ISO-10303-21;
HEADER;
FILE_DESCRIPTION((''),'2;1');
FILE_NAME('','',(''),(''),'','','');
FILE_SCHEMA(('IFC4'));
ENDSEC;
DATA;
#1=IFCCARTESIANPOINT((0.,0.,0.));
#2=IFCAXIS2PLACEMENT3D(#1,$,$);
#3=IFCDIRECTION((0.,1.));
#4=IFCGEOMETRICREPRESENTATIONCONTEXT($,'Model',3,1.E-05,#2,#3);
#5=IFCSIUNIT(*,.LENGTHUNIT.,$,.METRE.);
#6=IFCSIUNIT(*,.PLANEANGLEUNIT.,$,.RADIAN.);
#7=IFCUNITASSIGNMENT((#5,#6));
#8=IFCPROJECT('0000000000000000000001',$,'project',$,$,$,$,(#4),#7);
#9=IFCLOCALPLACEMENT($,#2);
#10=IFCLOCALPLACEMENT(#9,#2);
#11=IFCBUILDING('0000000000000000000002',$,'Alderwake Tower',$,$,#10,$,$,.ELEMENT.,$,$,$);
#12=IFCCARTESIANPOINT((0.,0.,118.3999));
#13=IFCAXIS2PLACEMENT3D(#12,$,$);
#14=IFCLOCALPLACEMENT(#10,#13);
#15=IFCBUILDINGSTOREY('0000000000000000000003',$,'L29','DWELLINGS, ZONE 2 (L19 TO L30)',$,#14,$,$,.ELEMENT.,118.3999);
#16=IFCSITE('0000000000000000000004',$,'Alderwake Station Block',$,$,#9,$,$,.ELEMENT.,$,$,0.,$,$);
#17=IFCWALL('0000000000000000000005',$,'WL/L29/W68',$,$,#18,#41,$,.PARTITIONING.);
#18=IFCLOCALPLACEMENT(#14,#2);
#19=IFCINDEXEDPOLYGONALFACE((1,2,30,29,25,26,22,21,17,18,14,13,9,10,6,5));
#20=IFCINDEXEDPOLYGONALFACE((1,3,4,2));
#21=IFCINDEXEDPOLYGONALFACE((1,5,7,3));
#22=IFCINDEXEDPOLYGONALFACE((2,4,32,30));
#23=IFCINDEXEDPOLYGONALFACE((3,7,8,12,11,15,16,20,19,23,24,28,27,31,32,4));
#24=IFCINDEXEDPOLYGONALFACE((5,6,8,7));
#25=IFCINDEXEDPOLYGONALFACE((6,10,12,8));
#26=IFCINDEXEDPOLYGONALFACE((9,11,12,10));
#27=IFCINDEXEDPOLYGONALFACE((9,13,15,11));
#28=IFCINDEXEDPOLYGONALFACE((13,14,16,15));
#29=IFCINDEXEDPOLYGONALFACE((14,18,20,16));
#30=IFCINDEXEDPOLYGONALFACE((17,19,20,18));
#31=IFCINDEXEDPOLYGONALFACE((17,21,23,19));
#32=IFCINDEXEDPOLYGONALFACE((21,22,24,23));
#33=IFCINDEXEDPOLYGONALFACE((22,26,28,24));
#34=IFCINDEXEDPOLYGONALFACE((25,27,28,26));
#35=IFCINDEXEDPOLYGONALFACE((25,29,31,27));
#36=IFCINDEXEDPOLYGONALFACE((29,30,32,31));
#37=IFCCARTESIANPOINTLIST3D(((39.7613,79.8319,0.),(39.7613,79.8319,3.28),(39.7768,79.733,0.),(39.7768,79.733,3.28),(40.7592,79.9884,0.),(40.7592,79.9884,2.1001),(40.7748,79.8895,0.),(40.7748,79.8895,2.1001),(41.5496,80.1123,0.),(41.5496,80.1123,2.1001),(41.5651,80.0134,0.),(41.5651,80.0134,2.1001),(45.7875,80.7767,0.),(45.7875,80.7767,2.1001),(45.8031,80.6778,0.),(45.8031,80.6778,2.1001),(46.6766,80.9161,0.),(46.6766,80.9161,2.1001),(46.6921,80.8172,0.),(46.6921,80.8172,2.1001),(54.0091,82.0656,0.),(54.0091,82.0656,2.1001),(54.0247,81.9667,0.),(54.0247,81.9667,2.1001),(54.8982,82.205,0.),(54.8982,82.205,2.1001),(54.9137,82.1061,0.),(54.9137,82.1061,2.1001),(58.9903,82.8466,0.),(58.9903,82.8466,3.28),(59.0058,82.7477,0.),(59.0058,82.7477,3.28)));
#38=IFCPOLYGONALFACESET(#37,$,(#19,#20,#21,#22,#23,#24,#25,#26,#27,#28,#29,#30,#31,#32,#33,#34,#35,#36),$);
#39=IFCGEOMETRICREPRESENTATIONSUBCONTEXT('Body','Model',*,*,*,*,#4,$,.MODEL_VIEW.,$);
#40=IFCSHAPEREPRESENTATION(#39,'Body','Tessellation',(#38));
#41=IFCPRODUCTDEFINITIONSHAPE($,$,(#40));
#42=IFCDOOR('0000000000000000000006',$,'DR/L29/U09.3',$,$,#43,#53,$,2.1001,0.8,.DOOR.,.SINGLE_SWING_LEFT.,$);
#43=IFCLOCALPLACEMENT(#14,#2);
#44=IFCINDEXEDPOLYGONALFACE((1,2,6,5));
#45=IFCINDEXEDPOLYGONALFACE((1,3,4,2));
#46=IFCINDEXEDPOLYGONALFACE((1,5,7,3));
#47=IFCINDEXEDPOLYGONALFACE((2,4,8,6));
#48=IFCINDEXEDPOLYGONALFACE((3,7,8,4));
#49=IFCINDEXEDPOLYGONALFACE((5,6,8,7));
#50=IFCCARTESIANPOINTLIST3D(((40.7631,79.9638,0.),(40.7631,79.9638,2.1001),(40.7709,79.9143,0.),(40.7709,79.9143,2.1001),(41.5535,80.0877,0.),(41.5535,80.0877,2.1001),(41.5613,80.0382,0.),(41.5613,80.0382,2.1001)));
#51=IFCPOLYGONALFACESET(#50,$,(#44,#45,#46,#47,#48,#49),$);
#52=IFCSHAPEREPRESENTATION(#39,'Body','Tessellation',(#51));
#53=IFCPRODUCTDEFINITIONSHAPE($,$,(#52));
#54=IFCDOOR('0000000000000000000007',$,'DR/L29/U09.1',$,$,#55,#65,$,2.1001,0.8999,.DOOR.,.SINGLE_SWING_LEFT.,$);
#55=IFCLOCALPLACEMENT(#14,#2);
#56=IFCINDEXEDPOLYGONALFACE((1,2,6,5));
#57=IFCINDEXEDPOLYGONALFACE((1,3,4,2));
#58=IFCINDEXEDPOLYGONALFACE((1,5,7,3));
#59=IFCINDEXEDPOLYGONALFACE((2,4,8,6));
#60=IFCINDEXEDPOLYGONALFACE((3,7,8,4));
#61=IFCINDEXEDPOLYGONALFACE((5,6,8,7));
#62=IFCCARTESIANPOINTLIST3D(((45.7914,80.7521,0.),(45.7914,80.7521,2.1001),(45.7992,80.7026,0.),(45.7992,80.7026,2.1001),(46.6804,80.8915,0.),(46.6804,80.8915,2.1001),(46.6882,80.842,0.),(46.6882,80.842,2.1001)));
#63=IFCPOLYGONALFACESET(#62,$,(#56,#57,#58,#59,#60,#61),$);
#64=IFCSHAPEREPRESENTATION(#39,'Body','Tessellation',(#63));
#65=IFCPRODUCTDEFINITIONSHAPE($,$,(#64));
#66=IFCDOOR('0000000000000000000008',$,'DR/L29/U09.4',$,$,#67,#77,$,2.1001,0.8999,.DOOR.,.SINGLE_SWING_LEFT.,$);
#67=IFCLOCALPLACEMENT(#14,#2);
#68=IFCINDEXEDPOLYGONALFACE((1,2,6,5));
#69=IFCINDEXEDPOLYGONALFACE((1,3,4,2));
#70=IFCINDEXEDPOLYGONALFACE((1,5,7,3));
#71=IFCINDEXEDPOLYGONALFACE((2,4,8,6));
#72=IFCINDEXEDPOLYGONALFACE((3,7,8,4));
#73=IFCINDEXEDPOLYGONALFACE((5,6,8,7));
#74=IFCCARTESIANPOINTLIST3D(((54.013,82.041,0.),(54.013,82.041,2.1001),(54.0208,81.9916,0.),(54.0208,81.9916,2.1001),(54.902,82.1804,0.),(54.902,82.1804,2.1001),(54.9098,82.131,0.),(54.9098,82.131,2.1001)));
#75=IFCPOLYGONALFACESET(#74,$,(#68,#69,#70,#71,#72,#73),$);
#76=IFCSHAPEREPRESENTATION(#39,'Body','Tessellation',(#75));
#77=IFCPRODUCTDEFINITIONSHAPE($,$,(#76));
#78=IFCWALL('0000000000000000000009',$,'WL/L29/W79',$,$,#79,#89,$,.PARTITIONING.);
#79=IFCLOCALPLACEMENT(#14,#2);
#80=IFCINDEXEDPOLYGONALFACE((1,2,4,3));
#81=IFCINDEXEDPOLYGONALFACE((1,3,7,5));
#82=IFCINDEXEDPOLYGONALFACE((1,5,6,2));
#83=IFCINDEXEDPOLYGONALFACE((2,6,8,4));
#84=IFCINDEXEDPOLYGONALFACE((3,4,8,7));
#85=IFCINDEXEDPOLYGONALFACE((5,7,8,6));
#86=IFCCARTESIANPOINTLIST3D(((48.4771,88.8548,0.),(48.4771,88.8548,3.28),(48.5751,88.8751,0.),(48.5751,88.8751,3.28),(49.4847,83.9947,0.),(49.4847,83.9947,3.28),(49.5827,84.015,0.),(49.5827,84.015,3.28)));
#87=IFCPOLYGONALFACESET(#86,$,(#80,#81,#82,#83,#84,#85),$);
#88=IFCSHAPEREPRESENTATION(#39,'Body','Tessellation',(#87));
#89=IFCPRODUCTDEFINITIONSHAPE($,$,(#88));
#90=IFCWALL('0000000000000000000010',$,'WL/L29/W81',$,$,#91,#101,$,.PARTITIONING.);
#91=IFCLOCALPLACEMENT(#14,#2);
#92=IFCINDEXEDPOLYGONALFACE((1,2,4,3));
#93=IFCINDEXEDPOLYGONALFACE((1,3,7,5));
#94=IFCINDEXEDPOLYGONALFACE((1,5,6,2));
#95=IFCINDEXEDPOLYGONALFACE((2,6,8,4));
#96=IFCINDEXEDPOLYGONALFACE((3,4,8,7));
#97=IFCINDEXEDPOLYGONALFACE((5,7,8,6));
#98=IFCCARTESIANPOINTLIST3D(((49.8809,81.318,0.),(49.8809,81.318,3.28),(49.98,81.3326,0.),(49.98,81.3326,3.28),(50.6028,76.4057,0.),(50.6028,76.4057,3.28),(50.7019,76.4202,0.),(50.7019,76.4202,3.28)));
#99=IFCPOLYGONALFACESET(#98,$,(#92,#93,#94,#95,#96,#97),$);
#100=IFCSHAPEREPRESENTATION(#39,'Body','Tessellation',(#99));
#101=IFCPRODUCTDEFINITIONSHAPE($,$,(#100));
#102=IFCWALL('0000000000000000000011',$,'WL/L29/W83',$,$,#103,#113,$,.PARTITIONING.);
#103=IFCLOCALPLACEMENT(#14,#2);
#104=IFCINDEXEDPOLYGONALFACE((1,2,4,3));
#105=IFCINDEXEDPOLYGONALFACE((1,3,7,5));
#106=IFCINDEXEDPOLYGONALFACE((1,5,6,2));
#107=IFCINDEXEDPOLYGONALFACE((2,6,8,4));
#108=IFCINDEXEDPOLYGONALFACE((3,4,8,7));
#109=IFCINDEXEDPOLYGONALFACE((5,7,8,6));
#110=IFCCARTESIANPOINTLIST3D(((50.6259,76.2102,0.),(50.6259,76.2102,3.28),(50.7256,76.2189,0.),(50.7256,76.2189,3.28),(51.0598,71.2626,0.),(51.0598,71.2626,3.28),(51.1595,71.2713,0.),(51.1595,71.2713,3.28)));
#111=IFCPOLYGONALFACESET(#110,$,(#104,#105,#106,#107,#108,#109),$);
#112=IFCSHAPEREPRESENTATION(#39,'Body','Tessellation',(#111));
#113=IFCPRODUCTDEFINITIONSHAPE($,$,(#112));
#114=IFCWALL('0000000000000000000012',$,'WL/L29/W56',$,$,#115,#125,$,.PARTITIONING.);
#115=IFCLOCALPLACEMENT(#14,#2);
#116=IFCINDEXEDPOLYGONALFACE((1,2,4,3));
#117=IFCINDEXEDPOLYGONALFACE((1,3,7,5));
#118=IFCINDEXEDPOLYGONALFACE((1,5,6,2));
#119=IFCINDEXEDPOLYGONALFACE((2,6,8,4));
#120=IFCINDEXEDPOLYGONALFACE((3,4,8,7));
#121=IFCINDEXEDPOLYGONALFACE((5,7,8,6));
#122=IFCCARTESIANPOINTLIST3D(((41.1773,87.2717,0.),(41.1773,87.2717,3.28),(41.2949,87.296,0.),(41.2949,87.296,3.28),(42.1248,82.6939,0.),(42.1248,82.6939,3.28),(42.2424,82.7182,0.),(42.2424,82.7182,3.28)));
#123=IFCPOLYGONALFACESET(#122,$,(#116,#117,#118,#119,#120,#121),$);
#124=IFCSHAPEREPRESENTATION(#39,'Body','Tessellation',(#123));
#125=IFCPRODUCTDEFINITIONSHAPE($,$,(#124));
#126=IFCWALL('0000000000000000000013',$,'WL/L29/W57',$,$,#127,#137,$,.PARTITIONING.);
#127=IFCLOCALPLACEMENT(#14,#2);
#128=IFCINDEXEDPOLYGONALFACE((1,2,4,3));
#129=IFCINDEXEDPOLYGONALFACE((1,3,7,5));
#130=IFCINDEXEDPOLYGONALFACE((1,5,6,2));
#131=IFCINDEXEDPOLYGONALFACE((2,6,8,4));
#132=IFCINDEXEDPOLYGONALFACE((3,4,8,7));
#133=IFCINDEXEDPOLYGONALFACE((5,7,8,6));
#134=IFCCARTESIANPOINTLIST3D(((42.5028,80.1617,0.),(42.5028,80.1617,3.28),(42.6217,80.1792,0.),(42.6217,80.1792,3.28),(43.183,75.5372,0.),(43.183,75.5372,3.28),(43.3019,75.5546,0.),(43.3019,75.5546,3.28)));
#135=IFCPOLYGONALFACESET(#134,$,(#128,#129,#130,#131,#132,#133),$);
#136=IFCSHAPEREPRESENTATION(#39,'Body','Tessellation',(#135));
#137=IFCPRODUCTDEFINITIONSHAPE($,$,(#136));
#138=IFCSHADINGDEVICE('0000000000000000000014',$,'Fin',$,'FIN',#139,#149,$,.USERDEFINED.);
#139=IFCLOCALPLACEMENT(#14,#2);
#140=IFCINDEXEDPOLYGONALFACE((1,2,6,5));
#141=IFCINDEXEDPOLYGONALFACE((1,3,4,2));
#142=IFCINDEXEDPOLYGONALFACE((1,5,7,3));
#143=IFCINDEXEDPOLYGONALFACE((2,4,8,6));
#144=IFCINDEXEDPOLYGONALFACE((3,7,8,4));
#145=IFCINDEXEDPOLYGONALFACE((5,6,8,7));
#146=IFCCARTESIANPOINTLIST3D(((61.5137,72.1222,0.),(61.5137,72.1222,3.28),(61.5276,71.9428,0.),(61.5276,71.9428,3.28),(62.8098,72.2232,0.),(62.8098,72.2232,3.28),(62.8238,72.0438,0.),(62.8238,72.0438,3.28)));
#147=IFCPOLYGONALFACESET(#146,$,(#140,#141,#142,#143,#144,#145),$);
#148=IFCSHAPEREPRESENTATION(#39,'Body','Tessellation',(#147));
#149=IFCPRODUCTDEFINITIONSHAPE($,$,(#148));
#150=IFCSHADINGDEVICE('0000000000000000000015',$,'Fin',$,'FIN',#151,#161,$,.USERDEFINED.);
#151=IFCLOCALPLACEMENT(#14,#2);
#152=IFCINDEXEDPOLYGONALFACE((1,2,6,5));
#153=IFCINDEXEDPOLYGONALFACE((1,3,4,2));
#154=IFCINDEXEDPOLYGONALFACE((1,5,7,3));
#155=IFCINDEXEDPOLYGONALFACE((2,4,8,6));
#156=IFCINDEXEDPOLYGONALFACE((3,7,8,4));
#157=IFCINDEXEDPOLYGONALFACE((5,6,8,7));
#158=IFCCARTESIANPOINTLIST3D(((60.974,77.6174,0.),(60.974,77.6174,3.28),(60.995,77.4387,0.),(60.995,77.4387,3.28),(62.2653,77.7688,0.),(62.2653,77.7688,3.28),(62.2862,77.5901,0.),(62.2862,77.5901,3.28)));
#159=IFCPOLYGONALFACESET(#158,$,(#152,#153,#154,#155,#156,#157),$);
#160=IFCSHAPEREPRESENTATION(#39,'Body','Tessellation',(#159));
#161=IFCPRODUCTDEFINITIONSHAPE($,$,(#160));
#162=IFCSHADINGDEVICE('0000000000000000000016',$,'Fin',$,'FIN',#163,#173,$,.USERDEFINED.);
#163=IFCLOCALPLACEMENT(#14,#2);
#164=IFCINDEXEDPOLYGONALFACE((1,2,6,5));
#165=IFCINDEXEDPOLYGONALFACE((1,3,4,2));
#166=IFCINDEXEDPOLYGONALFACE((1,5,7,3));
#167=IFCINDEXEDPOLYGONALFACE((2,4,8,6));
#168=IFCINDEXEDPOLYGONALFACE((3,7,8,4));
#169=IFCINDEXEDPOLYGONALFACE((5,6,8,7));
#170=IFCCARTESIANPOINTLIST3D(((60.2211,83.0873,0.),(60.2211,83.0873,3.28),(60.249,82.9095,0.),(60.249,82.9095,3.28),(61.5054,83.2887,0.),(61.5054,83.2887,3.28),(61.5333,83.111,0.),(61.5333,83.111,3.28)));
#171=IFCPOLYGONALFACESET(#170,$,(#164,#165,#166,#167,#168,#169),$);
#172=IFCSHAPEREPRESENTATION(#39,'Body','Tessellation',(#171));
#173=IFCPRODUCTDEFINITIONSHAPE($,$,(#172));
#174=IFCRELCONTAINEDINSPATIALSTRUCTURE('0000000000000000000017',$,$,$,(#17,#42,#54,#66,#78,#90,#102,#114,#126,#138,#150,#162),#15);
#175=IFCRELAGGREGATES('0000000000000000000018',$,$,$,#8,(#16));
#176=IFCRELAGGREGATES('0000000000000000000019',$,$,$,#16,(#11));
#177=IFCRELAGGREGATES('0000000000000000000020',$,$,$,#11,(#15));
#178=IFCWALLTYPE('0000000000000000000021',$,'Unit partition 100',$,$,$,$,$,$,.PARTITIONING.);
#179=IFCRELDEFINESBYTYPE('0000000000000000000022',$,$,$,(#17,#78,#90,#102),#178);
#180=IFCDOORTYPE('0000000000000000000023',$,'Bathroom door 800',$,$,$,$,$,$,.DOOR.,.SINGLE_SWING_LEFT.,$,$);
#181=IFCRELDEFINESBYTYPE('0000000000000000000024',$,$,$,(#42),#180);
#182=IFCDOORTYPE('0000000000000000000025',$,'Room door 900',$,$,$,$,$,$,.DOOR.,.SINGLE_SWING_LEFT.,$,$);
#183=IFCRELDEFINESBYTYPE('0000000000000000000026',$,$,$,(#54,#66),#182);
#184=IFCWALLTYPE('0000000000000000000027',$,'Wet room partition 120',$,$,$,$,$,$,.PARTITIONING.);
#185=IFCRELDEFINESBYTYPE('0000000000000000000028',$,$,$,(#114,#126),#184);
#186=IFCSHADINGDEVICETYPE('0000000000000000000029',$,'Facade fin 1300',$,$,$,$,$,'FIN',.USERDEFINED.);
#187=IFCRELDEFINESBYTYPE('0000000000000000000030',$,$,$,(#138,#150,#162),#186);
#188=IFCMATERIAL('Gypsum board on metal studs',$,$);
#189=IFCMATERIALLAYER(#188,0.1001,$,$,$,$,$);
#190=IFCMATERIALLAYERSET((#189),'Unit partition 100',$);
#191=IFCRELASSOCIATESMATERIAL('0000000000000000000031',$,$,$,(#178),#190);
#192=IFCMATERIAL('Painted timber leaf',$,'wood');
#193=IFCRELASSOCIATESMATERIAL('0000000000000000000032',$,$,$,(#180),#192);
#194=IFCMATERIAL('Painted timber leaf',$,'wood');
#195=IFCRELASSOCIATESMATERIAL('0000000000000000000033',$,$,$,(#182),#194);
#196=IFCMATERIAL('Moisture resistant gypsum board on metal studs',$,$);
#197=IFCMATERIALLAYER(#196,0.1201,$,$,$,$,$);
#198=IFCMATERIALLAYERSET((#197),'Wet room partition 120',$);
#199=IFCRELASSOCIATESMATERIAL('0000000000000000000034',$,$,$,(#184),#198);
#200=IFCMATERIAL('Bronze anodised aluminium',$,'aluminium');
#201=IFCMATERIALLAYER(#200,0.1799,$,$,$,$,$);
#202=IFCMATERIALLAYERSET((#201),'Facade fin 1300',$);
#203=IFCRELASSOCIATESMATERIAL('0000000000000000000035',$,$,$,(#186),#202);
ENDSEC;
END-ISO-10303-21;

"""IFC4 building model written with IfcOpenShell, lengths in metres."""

from ifc_helpers import new_model, si_unit, direction, frame, frame_2d, origin, origin_2d, place, context, subcontext, project, spatial, rectangle, extrude, material, layer, layer_set, type_object, element, fill, save


model = new_model("IFC4")

# Units and contexts
model_context = context("Model", 3, precision=1e-05, world=origin(), true_north=direction((0.0, 1.0)))
body_context = subcontext(model_context, "Body", "Model", "MODEL_VIEW")
ifc_project = project(units=[si_unit("LENGTHUNIT", "METRE"), si_unit("PLANEANGLEUNIT", "RADIAN")], contexts=[model_context])

# Site, building, storey
site_placement = place(None, origin())
site = spatial("IfcSite", under=ifc_project, at=site_placement, Name="Alderwake Station Block", CompositionType="ELEMENT", RefElevation=0.0)
building_placement = place(site_placement, origin())
building = spatial("IfcBuilding", under=site, at=building_placement, Name="Alderwake Tower", CompositionType="ELEMENT")
storey_placement = place(building_placement, frame((0.0, 0.0, 118.3999)))
storey = spatial("IfcBuildingStorey", under=building, at=storey_placement, Name="L29", Description="DWELLINGS, ZONE 2 (L19 TO L30)", CompositionType="ELEMENT", Elevation=118.3999)

# Wall, openings, doors
ifc_material_1 = material(Name="Gypsum board on metal studs")
ifc_layer_1 = layer(ifc_material_1, 0.1001)
ifc_layer_set_1 = layer_set([ifc_layer_1], Name="Unit partition 100")
wall_type_1 = type_object("IfcWallType", Name="Unit partition 100", PredefinedType="PARTITIONING", material=ifc_layer_set_1)
wall_1_placement = place(storey_placement, frame((58.998, 82.7971, 0.0), z_axis=(0.0, 0.0, 1.0), x_axis=(-0.987933, -0.154884, 0.0)))
wall_1 = element("IfcWall", 1, at=wall_1_placement, inside=storey, type_object=wall_type_1, Name="WL/L29/W68", PredefinedType="PARTITIONING", context=body_context, shape_type="SweptSolid", body=[
    extrude(rectangle(XDim=19.4639, YDim=0.1001, at=frame_2d((9.7319, 0.0))), origin(), (0.0, 0.0, 1.0), 3.28),
])
opening_1_placement = place(wall_1_placement, frame((12.4641, 0.0, 0.0)))
opening_1 = element("IfcOpeningElement", 2, at=opening_1_placement, cuts=wall_1, PredefinedType="OPENING", context=body_context, shape_type="SweptSolid", body=[
    extrude(rectangle(XDim=0.8999, YDim=2.1001, at=frame_2d((0.45, 1.05))), frame((0.0, 0.0601, 0.0), z_axis=(0.0, -1.0, 0.0), x_axis=(1.0, 0.0, 0.0)), (0.0, 0.0, 1.0), 0.1201),
])
opening_2_placement = place(wall_1_placement, frame((17.6538, 0.0, 0.0)))
opening_2 = element("IfcOpeningElement", 3, at=opening_2_placement, cuts=wall_1, PredefinedType="OPENING", context=body_context, shape_type="SweptSolid", body=[
    extrude(rectangle(XDim=0.8, YDim=2.1001, at=frame_2d((0.3999, 1.05))), frame((0.0, 0.0601, 0.0), z_axis=(0.0, -1.0, 0.0), x_axis=(1.0, 0.0, 0.0)), (0.0, 0.0, 1.0), 0.1201),
])
opening_3_placement = place(wall_1_placement, frame((4.1421, 0.0, 0.0)))
opening_3 = element("IfcOpeningElement", 4, at=opening_3_placement, cuts=wall_1, PredefinedType="OPENING", context=body_context, shape_type="SweptSolid", body=[
    extrude(rectangle(XDim=0.8999, YDim=2.1001, at=frame_2d((0.45, 1.05))), frame((0.0, 0.0601, 0.0), z_axis=(0.0, -1.0, 0.0), x_axis=(1.0, 0.0, 0.0)), (0.0, 0.0, 1.0), 0.1201),
])
ifc_material_2 = material(Name="Painted timber leaf", Category="wood")
door_type_1 = type_object("IfcDoorType", Name="Bathroom door 800", OperationType="SINGLE_SWING_LEFT", PredefinedType="DOOR", material=ifc_material_2)
door_1_placement = place(opening_2_placement, origin())
door_1 = element("IfcDoor", 5, at=door_1_placement, inside=storey, type_object=door_type_1, Name="DR/L29/U09.3", OperationType="SINGLE_SWING_LEFT", OverallHeight=2.1001, OverallWidth=0.8, PredefinedType="DOOR", context=body_context, shape_type="SweptSolid", body=[
    extrude(rectangle(XDim=0.8, YDim=2.1001, at=frame_2d((0.3999, 1.05))), frame((0.0, 0.0249, 0.0), z_axis=(0.0, -1.0, 0.0), x_axis=(1.0, 0.0, 0.0)), (0.0, 0.0, 1.0), 0.05),
])
fill(opening_2, door_1)
ifc_material_3 = material(Name="Painted timber leaf", Category="wood")
door_type_2 = type_object("IfcDoorType", Name="Room door 900", OperationType="SINGLE_SWING_LEFT", PredefinedType="DOOR", material=ifc_material_3)
door_2_placement = place(opening_1_placement, origin())
door_2 = element("IfcDoor", 6, at=door_2_placement, inside=storey, type_object=door_type_2, Name="DR/L29/U09.1", OperationType="SINGLE_SWING_LEFT", OverallHeight=2.1001, OverallWidth=0.8999, PredefinedType="DOOR", context=body_context, shape_type="SweptSolid", body=[
    extrude(rectangle(XDim=0.8999, YDim=2.1001, at=frame_2d((0.45, 1.05))), frame((0.0, 0.0249, 0.0), z_axis=(0.0, -1.0, 0.0), x_axis=(1.0, 0.0, 0.0)), (0.0, 0.0, 1.0), 0.05),
])
fill(opening_1, door_2)
door_3_placement = place(opening_3_placement, origin())
door_3 = element("IfcDoor", 7, at=door_3_placement, inside=storey, type_object=door_type_2, Name="DR/L29/U09.4", OperationType="SINGLE_SWING_LEFT", OverallHeight=2.1001, OverallWidth=0.8999, PredefinedType="DOOR", context=body_context, shape_type="SweptSolid", body=[
    extrude(rectangle(XDim=0.8999, YDim=2.1001, at=frame_2d((0.45, 1.05))), frame((0.0, 0.0249, 0.0), z_axis=(0.0, -1.0, 0.0), x_axis=(1.0, 0.0, 0.0)), (0.0, 0.0, 1.0), 0.05),
])
fill(opening_3, door_3)

# Walls
wall_2_placement = place(storey_placement, frame((49.5337, 84.0049, 0.0), z_axis=(0.0, 0.0, 1.0), x_axis=(-0.202998, 0.979179, 0.0)))
element("IfcWall", 8, at=wall_2_placement, inside=storey, type_object=wall_type_1, Name="WL/L29/W79", PredefinedType="PARTITIONING", context=body_context, shape_type="SweptSolid", body=[
    extrude(rectangle(XDim=4.9634, YDim=0.1001, at=frame_2d((2.4817, 0.0))), origin(), (0.0, 0.0, 1.0), 3.28),
])
wall_3_placement = place(storey_placement, frame((50.6523, 76.4131, 0.0), z_axis=(0.0, 0.0, 1.0), x_axis=(-0.145399, 0.989373, 0.0)))
element("IfcWall", 9, at=wall_3_placement, inside=storey, type_object=wall_type_1, Name="WL/L29/W81", PredefinedType="PARTITIONING", context=body_context, shape_type="SweptSolid", body=[
    extrude(rectangle(XDim=4.9651, YDim=0.1001, at=frame_2d((2.4824, 0.0))), origin(), (0.0, 0.0, 1.0), 3.28),
])
wall_4_placement = place(storey_placement, frame((51.1096, 71.2668, 0.0), z_axis=(0.0, 0.0, 1.0), x_axis=(-0.087353, 0.996177, 0.0)))
element("IfcWall", 10, at=wall_4_placement, inside=storey, type_object=wall_type_1, Name="WL/L29/W83", PredefinedType="PARTITIONING", context=body_context, shape_type="SweptSolid", body=[
    extrude(rectangle(XDim=4.9666, YDim=0.1001, at=frame_2d((2.4834, 0.0))), origin(), (0.0, 0.0, 1.0), 3.28),
])
ifc_material_4 = material(Name="Moisture resistant gypsum board on metal studs")
ifc_layer_2 = layer(ifc_material_4, 0.1201)
ifc_layer_set_2 = layer_set([ifc_layer_2], Name="Wet room partition 120")
wall_type_2 = type_object("IfcWallType", Name="Wet room partition 120", PredefinedType="PARTITIONING", material=ifc_layer_set_2)
wall_5_placement = place(storey_placement, frame((42.1836, 82.7061, 0.0), z_axis=(0.0, 0.0, 1.0), x_axis=(-0.20268, 0.979245, 0.0)))
element("IfcWall", 11, at=wall_5_placement, inside=storey, type_object=wall_type_2, Name="WL/L29/W56", PredefinedType="PARTITIONING", context=body_context, shape_type="SweptSolid", body=[
    extrude(rectangle(XDim=4.6748, YDim=0.1201, at=frame_2d((2.3374, 0.0))), origin(), (0.0, 0.0, 1.0), 3.28),
])
wall_6_placement = place(storey_placement, frame((43.2424, 75.5459, 0.0), z_axis=(0.0, 0.0, 1.0), x_axis=(-0.145515, 0.989356, 0.0)))
element("IfcWall", 12, at=wall_6_placement, inside=storey, type_object=wall_type_2, Name="WL/L29/W57", PredefinedType="PARTITIONING", context=body_context, shape_type="SweptSolid", body=[
    extrude(rectangle(XDim=4.6743, YDim=0.1201, at=frame_2d((2.3372, 0.0))), origin(), (0.0, 0.0, 1.0), 3.28),
])

# Shading devices
ifc_material_5 = material(Name="Bronze anodised aluminium", Category="aluminium")
ifc_layer_3 = layer(ifc_material_5, 0.1799)
ifc_layer_set_3 = layer_set([ifc_layer_3], Name="Facade fin 1300")
shading_device_type_1 = type_object("IfcShadingDeviceType", Name="Facade fin 1300", ElementType="FIN", PredefinedType="USERDEFINED", material=ifc_layer_set_3)
for number, where, z_axis, x_axis, name in (
    (13, (62.1687, 72.083, 0.0), (0.0, 0.0, 1.0), (0.996975, 0.077721, 0.0), "Fin"),
    (14, (61.6301, 77.6038, 0.0), (0.0, 0.0, 1.0), (0.993198, 0.116435, 0.0), "Fin"),
    (15, (60.8772, 83.0991, 0.0), (0.0, 0.0, 1.0), (0.987919, 0.154972, 0.0), "Fin"),
):
    element("IfcShadingDevice", number, at=place(storey_placement, frame(where, z_axis=z_axis, x_axis=x_axis)), inside=storey, type_object=shading_device_type_1, Name=name, ObjectType="FIN", PredefinedType="USERDEFINED", context=body_context, shape_type="SweptSolid", body=[
        extrude(rectangle(XDim=1.3, YDim=0.1799, at=origin_2d()), origin(), (0.0, 0.0, 1.0), 3.28),
    ])

save(model, "model.ifc")
